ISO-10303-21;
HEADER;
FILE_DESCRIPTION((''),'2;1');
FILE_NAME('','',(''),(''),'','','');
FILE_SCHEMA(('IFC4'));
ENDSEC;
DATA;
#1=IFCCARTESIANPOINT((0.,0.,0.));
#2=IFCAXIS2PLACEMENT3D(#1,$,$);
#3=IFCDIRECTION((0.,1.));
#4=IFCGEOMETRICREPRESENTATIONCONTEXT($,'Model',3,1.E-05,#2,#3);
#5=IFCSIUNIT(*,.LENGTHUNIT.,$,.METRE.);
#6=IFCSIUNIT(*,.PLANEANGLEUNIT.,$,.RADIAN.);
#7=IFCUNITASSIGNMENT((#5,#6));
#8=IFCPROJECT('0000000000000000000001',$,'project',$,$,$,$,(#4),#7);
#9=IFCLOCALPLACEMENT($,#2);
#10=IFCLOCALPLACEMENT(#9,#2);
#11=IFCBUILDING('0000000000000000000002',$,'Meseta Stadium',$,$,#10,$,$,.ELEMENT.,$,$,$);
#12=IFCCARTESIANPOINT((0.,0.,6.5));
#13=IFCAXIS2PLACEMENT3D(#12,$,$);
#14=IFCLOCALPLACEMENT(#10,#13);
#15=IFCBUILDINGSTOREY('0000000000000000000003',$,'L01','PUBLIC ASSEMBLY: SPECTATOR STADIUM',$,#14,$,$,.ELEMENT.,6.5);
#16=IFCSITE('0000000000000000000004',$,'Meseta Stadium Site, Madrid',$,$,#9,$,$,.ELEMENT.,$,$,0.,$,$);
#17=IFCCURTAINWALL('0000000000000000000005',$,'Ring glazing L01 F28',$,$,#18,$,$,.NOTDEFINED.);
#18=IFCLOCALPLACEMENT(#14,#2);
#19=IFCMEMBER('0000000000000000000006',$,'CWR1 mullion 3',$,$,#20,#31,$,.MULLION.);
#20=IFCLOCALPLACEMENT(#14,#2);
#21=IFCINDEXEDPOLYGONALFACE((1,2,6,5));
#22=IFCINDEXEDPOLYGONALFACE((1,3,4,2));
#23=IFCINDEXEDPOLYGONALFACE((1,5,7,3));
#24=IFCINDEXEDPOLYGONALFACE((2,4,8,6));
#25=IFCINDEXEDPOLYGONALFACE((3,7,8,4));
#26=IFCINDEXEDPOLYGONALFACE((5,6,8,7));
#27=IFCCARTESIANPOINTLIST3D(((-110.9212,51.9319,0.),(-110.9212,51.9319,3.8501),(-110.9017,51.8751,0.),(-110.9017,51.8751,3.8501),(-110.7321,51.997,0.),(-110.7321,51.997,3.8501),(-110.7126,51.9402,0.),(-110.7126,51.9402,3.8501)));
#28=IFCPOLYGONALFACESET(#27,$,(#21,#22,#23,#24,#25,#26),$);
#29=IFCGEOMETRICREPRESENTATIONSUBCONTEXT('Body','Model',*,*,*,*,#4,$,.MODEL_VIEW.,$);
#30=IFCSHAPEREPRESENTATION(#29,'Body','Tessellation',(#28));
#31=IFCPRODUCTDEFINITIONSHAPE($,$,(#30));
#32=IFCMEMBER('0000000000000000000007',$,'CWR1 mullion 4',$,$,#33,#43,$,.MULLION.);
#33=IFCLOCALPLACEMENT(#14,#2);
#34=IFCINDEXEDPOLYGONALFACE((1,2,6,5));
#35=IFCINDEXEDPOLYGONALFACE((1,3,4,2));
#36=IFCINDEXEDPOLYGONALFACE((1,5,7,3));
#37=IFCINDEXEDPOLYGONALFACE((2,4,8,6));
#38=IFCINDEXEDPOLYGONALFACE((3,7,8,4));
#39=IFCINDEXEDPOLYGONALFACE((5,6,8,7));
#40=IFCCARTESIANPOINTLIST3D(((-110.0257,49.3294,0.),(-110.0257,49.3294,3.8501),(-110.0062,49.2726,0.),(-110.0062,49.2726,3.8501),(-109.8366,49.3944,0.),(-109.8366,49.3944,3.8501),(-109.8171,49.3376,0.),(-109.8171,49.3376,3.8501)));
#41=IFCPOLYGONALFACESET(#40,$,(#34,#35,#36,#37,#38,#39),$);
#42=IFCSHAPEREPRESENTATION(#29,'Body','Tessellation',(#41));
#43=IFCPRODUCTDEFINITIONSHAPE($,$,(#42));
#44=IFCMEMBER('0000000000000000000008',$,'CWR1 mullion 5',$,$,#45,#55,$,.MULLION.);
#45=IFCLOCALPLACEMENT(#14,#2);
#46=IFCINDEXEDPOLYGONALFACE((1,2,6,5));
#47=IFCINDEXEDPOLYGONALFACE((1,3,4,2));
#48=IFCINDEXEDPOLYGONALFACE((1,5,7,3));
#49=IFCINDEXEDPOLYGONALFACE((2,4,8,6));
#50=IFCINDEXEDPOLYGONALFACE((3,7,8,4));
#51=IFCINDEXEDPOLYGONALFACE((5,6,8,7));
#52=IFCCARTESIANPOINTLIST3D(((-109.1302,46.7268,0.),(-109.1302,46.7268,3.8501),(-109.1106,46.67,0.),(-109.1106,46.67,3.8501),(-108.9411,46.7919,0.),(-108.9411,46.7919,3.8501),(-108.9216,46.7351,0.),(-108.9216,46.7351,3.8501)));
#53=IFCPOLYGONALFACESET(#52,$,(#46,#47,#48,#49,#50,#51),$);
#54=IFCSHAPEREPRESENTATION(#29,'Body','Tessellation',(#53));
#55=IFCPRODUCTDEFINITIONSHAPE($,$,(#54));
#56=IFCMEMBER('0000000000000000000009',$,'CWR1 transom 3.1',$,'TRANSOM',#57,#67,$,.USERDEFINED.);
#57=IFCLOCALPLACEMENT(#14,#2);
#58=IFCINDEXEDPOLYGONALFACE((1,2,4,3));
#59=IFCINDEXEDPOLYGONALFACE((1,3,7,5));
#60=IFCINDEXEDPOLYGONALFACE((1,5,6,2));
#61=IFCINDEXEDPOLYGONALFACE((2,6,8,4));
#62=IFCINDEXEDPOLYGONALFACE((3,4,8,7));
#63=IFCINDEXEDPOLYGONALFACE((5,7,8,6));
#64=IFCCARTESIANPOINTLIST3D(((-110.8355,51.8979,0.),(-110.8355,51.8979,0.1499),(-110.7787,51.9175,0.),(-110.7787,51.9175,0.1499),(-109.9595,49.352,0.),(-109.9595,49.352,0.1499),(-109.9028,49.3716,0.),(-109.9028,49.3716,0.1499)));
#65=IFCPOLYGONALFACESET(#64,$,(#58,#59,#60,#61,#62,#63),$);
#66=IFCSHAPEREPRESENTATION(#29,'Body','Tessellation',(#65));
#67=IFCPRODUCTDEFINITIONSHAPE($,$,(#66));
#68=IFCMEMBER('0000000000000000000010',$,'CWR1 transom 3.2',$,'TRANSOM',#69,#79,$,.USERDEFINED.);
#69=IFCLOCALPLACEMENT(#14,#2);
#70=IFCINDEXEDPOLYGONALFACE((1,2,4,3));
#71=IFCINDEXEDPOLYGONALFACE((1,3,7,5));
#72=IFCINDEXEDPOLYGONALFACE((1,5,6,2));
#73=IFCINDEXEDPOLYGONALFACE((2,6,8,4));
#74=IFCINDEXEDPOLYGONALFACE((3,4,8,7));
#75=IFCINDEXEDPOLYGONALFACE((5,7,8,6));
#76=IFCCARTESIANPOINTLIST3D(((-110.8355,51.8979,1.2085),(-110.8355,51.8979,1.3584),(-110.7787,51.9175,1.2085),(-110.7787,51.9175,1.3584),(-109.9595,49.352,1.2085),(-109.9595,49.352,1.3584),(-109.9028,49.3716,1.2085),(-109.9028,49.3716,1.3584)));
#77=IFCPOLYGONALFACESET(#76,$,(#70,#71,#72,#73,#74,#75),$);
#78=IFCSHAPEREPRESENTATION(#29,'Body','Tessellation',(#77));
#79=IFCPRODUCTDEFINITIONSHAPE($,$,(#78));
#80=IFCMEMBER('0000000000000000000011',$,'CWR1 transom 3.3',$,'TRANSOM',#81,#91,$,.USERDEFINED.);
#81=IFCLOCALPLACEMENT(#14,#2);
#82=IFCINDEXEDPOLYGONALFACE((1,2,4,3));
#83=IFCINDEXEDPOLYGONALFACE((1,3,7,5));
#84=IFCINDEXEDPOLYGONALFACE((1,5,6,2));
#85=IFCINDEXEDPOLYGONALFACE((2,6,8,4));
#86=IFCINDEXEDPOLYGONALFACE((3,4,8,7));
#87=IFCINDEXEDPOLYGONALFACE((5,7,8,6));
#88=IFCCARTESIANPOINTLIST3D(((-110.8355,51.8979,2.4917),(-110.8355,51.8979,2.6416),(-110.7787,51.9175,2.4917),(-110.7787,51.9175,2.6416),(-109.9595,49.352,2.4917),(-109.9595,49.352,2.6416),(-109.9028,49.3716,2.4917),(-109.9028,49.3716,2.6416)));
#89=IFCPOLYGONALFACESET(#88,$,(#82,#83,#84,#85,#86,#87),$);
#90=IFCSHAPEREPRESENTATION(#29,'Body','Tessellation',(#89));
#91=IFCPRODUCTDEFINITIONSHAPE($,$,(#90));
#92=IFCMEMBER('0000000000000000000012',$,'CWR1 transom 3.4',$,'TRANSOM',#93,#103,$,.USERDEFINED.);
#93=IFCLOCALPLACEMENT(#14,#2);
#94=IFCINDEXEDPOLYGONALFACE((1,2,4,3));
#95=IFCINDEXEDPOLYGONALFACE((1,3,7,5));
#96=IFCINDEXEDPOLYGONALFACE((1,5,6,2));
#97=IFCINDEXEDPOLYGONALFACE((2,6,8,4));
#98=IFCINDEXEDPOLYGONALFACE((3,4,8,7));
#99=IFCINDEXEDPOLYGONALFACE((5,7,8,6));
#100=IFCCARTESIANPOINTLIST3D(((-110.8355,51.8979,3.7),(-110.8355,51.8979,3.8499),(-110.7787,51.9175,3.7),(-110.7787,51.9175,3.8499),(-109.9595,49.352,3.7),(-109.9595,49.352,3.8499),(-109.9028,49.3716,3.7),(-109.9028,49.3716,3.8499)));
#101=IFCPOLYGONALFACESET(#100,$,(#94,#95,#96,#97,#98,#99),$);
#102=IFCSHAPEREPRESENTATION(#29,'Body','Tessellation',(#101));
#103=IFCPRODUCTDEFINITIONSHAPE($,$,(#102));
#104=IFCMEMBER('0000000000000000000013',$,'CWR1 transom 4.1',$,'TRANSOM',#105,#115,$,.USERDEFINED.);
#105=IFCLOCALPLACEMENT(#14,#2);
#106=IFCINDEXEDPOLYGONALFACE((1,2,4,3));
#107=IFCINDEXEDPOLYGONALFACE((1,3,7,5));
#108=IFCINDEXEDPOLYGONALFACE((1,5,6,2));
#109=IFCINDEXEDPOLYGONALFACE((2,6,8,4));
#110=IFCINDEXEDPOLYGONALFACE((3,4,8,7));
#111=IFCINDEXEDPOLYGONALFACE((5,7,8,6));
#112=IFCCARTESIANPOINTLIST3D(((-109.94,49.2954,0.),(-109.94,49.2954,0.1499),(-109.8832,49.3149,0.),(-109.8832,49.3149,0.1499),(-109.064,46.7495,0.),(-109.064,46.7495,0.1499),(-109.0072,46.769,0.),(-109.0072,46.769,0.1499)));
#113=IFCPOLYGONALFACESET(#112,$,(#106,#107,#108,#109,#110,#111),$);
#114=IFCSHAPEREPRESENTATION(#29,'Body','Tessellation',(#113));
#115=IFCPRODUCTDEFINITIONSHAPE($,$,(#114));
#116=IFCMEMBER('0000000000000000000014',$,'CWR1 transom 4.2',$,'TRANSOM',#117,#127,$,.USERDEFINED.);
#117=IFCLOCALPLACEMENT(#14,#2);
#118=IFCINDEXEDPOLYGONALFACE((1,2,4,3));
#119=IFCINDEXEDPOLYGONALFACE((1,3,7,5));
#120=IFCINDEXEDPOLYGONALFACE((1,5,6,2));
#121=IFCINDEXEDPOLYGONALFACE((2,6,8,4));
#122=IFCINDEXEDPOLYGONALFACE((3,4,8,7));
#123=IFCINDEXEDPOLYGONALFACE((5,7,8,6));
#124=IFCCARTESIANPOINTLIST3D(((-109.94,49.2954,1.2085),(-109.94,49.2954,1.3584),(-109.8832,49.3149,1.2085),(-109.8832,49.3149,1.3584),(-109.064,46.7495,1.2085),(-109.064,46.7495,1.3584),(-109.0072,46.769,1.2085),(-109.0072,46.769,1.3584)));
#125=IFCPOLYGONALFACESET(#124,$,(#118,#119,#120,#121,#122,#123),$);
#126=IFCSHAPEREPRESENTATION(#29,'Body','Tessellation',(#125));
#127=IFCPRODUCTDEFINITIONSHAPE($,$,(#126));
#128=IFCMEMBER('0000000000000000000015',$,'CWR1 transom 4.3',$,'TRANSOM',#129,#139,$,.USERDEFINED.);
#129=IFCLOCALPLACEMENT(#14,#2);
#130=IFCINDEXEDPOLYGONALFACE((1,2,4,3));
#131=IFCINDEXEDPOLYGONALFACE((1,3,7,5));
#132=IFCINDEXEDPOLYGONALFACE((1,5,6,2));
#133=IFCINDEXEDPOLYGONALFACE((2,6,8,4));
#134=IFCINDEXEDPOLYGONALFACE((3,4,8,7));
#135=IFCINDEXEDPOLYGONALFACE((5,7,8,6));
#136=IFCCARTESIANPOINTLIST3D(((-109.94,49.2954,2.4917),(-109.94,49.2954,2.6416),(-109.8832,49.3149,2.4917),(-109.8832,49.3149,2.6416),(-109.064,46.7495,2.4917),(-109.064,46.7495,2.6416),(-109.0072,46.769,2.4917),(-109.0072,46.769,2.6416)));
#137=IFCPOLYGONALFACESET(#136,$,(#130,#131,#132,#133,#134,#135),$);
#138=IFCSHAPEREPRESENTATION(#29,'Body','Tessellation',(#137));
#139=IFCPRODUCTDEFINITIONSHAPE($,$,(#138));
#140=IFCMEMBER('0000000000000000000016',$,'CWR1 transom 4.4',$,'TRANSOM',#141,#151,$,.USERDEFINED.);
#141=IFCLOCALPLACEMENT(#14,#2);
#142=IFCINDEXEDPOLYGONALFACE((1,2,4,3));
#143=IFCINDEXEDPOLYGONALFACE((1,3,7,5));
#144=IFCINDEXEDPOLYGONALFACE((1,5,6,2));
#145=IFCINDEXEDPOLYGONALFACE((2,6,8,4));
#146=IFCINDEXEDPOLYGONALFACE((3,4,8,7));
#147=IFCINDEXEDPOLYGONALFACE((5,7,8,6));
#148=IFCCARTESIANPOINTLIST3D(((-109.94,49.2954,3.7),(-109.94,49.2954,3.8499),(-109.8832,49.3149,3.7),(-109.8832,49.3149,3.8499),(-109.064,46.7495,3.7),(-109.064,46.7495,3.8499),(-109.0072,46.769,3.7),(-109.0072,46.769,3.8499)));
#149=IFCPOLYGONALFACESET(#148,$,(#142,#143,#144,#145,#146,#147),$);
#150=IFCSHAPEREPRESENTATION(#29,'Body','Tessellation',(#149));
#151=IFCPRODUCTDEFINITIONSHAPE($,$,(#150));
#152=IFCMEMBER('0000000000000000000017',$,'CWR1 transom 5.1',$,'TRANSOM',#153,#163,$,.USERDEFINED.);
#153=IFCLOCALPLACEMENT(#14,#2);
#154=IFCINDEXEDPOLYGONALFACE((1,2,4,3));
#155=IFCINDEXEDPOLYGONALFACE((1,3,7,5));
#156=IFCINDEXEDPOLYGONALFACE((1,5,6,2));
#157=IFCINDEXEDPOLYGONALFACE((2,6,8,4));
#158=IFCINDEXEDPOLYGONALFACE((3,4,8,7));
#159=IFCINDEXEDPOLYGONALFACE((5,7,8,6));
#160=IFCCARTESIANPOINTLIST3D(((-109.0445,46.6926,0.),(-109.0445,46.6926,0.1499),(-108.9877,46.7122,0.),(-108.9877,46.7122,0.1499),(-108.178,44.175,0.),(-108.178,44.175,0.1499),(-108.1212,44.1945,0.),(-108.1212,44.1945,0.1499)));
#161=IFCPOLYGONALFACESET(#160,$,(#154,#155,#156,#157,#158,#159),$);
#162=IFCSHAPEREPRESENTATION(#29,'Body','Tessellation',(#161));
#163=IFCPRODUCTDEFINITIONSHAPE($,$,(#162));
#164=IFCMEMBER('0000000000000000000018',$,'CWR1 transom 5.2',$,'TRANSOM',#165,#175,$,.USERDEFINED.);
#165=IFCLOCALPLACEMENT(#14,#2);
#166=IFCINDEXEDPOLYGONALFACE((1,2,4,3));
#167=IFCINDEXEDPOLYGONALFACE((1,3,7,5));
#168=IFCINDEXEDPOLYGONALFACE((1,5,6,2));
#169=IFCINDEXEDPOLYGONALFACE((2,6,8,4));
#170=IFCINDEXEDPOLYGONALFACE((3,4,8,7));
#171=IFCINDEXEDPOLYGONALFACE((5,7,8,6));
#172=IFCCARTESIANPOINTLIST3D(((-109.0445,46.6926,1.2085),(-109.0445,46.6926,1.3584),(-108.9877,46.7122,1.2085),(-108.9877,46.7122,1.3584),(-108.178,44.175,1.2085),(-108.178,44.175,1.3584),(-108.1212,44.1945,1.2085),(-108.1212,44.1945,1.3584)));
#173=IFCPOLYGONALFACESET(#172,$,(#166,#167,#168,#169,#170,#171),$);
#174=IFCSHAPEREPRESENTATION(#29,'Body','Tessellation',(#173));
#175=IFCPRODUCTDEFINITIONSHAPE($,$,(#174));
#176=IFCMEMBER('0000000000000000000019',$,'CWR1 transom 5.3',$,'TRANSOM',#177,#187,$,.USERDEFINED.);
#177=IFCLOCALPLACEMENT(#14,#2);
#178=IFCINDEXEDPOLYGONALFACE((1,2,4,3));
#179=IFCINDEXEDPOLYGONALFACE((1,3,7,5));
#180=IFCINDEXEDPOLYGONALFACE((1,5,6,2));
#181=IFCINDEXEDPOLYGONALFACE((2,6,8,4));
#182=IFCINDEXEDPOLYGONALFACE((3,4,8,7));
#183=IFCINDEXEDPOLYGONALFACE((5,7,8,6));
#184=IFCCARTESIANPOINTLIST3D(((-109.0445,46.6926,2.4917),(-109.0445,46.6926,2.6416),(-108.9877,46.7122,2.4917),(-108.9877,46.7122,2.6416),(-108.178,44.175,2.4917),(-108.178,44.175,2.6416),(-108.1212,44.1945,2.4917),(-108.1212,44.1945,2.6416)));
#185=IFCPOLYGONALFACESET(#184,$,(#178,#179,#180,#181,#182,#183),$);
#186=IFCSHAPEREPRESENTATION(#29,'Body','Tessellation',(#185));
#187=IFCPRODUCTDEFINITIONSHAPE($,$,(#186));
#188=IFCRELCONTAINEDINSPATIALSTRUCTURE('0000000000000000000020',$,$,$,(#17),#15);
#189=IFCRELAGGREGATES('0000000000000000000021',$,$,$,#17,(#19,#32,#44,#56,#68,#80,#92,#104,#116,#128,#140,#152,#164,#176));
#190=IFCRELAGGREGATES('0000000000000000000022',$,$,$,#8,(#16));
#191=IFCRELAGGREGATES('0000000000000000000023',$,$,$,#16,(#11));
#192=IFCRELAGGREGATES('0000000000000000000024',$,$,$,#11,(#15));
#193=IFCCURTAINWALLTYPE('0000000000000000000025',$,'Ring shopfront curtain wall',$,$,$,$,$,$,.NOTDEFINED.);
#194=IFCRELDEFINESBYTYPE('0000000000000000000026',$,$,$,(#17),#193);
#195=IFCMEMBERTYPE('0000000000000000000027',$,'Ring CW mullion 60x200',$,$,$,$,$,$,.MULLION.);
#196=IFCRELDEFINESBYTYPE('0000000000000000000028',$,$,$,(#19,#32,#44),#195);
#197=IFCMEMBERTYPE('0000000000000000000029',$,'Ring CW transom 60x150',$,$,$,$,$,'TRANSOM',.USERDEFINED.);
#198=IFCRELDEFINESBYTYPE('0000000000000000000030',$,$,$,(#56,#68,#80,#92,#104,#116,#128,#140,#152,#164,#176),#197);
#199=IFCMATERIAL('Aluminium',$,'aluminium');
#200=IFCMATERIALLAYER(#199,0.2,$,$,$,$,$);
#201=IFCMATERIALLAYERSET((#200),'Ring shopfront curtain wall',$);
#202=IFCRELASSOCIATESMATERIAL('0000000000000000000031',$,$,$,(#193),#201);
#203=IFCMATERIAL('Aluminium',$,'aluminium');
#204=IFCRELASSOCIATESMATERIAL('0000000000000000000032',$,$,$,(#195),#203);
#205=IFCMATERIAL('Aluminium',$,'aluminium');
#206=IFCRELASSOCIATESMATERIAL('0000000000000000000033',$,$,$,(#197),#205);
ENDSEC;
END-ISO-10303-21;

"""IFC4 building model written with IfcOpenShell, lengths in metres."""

from ifc_helpers import new_model, si_unit, direction, frame, origin, origin_2d, place, context, subcontext, project, spatial, rectangle, extrude, material, layer, layer_set, material_profile, profile_set, type_object, element, aggregate, save


model = new_model("IFC4")

# Units and contexts
model_context = context("Model", 3, precision=1e-05, world=origin(), true_north=direction((0.0, 1.0)))
body_context = subcontext(model_context, "Body", "Model", "MODEL_VIEW")
ifc_project = project(units=[si_unit("LENGTHUNIT", "METRE"), si_unit("PLANEANGLEUNIT", "RADIAN")], contexts=[model_context])

# Site, building, storey
site_placement = place(None, origin())
site = spatial("IfcSite", under=ifc_project, at=site_placement, Name="Meseta Stadium Site, Madrid", CompositionType="ELEMENT", RefElevation=0.0)
building_placement = place(site_placement, origin())
building = spatial("IfcBuilding", under=site, at=building_placement, Name="Meseta Stadium", CompositionType="ELEMENT")
storey_placement = place(building_placement, frame((0.0, 0.0, 6.5)))
storey = spatial("IfcBuildingStorey", under=building, at=storey_placement, Name="L01", Description="PUBLIC ASSEMBLY: SPECTATOR STADIUM", CompositionType="ELEMENT", Elevation=6.5)

# Curtain wall, members
ifc_material_1 = material(Name="Aluminium", Category="aluminium")
ifc_layer_1 = layer(ifc_material_1, 0.2)
ifc_layer_set_1 = layer_set([ifc_layer_1], Name="Ring shopfront curtain wall")
curtain_wall_type = type_object("IfcCurtainWallType", Name="Ring shopfront curtain wall", PredefinedType="NOTDEFINED", material=ifc_layer_set_1)
curtain_wall_placement = place(storey_placement, origin())
curtain_wall = element("IfcCurtainWall", 1, at=curtain_wall_placement, inside=storey, type_object=curtain_wall_type, Name="Ring glazing L01 F28", PredefinedType="NOTDEFINED")
ifc_material_2 = material(Name="Aluminium", Category="aluminium")
ifc_material_profile_1 = material_profile(ifc_material_2, rectangle(XDim=0.2, YDim=0.0601, at=origin_2d()), Name="CW 200x60")
ifc_profile_set_1 = profile_set([ifc_material_profile_1], Name="Aluminium")
member_type_1 = type_object("IfcMemberType", Name="Ring CW mullion 60x200", PredefinedType="MULLION", material=ifc_profile_set_1)
member_1_placement = place(storey_placement, frame((-110.8169, 51.936, 0.0), z_axis=(0.0, 0.0, 1.0), x_axis=(0.945581, 0.325386, 0.0)))
member_1 = element("IfcMember", 2, at=member_1_placement, type_object=member_type_1, Name="CWR1 mullion 3", PredefinedType="MULLION", context=body_context, shape_type="SweptSolid", body=[
    extrude(rectangle(XDim=0.2, YDim=0.0601, at=origin_2d()), origin(), (0.0, 0.0, 1.0), 3.8501),
])
member_2_placement = place(storey_placement, frame((-109.9214, 49.3335, 0.0), z_axis=(0.0, 0.0, 1.0), x_axis=(0.945581, 0.325386, 0.0)))
member_2 = element("IfcMember", 3, at=member_2_placement, type_object=member_type_1, Name="CWR1 mullion 4", PredefinedType="MULLION", context=body_context, shape_type="SweptSolid", body=[
    extrude(rectangle(XDim=0.2, YDim=0.0601, at=origin_2d()), origin(), (0.0, 0.0, 1.0), 3.8501),
])
member_3_placement = place(storey_placement, frame((-109.0259, 46.731, 0.0), z_axis=(0.0, 0.0, 1.0), x_axis=(0.945581, 0.325386, 0.0)))
member_3 = element("IfcMember", 4, at=member_3_placement, type_object=member_type_1, Name="CWR1 mullion 5", PredefinedType="MULLION", context=body_context, shape_type="SweptSolid", body=[
    extrude(rectangle(XDim=0.2, YDim=0.0601, at=origin_2d()), origin(), (0.0, 0.0, 1.0), 3.8501),
])
ifc_material_3 = material(Name="Aluminium", Category="aluminium")
ifc_material_profile_2 = material_profile(ifc_material_3, rectangle(XDim=0.0601, YDim=0.1499, at=origin_2d()), Name="CW 60x150")
ifc_profile_set_2 = profile_set([ifc_material_profile_2], Name="Aluminium")
member_type_2 = type_object("IfcMemberType", Name="Ring CW transom 60x150", ElementType="TRANSOM", PredefinedType="USERDEFINED", material=ifc_profile_set_2)
member_4_placement = place(storey_placement, frame((-110.8071, 51.9077, 0.075), z_axis=(0.325353, -0.945592, 0.0), x_axis=(0.945592, 0.325353, 0.0)))
member_4 = element("IfcMember", 5, at=member_4_placement, type_object=member_type_2, Name="CWR1 transom 3.1", ObjectType="TRANSOM", PredefinedType="USERDEFINED", context=body_context, shape_type="SweptSolid", body=[
    extrude(rectangle(XDim=0.0601, YDim=0.1499, at=origin_2d()), origin(), (0.0, 0.0, 1.0), 2.6924),
])
member_5_placement = place(storey_placement, frame((-110.8071, 51.9077, 1.2834), z_axis=(0.325353, -0.945592, 0.0), x_axis=(0.945592, 0.325353, 0.0)))
member_5 = element("IfcMember", 6, at=member_5_placement, type_object=member_type_2, Name="CWR1 transom 3.2", ObjectType="TRANSOM", PredefinedType="USERDEFINED", context=body_context, shape_type="SweptSolid", body=[
    extrude(rectangle(XDim=0.0601, YDim=0.1499, at=origin_2d()), origin(), (0.0, 0.0, 1.0), 2.6924),
])
member_6_placement = place(storey_placement, frame((-110.8071, 51.9077, 2.5667), z_axis=(0.325353, -0.945592, 0.0), x_axis=(0.945592, 0.325353, 0.0)))
member_6 = element("IfcMember", 7, at=member_6_placement, type_object=member_type_2, Name="CWR1 transom 3.3", ObjectType="TRANSOM", PredefinedType="USERDEFINED", context=body_context, shape_type="SweptSolid", body=[
    extrude(rectangle(XDim=0.0601, YDim=0.1499, at=origin_2d()), origin(), (0.0, 0.0, 1.0), 2.6924),
])
member_7_placement = place(storey_placement, frame((-110.8071, 51.9077, 3.7749), z_axis=(0.325353, -0.945592, 0.0), x_axis=(0.945592, 0.325353, 0.0)))
member_7 = element("IfcMember", 8, at=member_7_placement, type_object=member_type_2, Name="CWR1 transom 3.4", ObjectType="TRANSOM", PredefinedType="USERDEFINED", context=body_context, shape_type="SweptSolid", body=[
    extrude(rectangle(XDim=0.0601, YDim=0.1499, at=origin_2d()), origin(), (0.0, 0.0, 1.0), 2.6924),
])
member_8_placement = place(storey_placement, frame((-109.9116, 49.3052, 0.075), z_axis=(0.325353, -0.945592, 0.0), x_axis=(0.945592, 0.325353, 0.0)))
member_8 = element("IfcMember", 9, at=member_8_placement, type_object=member_type_2, Name="CWR1 transom 4.1", ObjectType="TRANSOM", PredefinedType="USERDEFINED", context=body_context, shape_type="SweptSolid", body=[
    extrude(rectangle(XDim=0.0601, YDim=0.1499, at=origin_2d()), origin(), (0.0, 0.0, 1.0), 2.6924),
])
member_9_placement = place(storey_placement, frame((-109.9116, 49.3052, 1.2834), z_axis=(0.325353, -0.945592, 0.0), x_axis=(0.945592, 0.325353, 0.0)))
member_9 = element("IfcMember", 10, at=member_9_placement, type_object=member_type_2, Name="CWR1 transom 4.2", ObjectType="TRANSOM", PredefinedType="USERDEFINED", context=body_context, shape_type="SweptSolid", body=[
    extrude(rectangle(XDim=0.0601, YDim=0.1499, at=origin_2d()), origin(), (0.0, 0.0, 1.0), 2.6924),
])
member_10_placement = place(storey_placement, frame((-109.9116, 49.3052, 2.5667), z_axis=(0.325353, -0.945592, 0.0), x_axis=(0.945592, 0.325353, 0.0)))
member_10 = element("IfcMember", 11, at=member_10_placement, type_object=member_type_2, Name="CWR1 transom 4.3", ObjectType="TRANSOM", PredefinedType="USERDEFINED", context=body_context, shape_type="SweptSolid", body=[
    extrude(rectangle(XDim=0.0601, YDim=0.1499, at=origin_2d()), origin(), (0.0, 0.0, 1.0), 2.6924),
])
member_11_placement = place(storey_placement, frame((-109.9116, 49.3052, 3.7749), z_axis=(0.325353, -0.945592, 0.0), x_axis=(0.945592, 0.325353, 0.0)))
member_11 = element("IfcMember", 12, at=member_11_placement, type_object=member_type_2, Name="CWR1 transom 4.4", ObjectType="TRANSOM", PredefinedType="USERDEFINED", context=body_context, shape_type="SweptSolid", body=[
    extrude(rectangle(XDim=0.0601, YDim=0.1499, at=origin_2d()), origin(), (0.0, 0.0, 1.0), 2.6924),
])
member_12_placement = place(storey_placement, frame((-109.0161, 46.7024, 0.075), z_axis=(0.325428, -0.945567, 0.0), x_axis=(0.945567, 0.325428, 0.0)))
member_12 = element("IfcMember", 13, at=member_12_placement, type_object=member_type_2, Name="CWR1 transom 5.1", ObjectType="TRANSOM", PredefinedType="USERDEFINED", context=body_context, shape_type="SweptSolid", body=[
    extrude(rectangle(XDim=0.0601, YDim=0.1499, at=origin_2d()), origin(), (0.0, 0.0, 1.0), 2.6626),
])
member_13_placement = place(storey_placement, frame((-109.0161, 46.7024, 1.2834), z_axis=(0.325428, -0.945567, 0.0), x_axis=(0.945567, 0.325428, 0.0)))
member_13 = element("IfcMember", 14, at=member_13_placement, type_object=member_type_2, Name="CWR1 transom 5.2", ObjectType="TRANSOM", PredefinedType="USERDEFINED", context=body_context, shape_type="SweptSolid", body=[
    extrude(rectangle(XDim=0.0601, YDim=0.1499, at=origin_2d()), origin(), (0.0, 0.0, 1.0), 2.6626),
])
member_14_placement = place(storey_placement, frame((-109.0161, 46.7024, 2.5667), z_axis=(0.325428, -0.945567, 0.0), x_axis=(0.945567, 0.325428, 0.0)))
member_14 = element("IfcMember", 15, at=member_14_placement, type_object=member_type_2, Name="CWR1 transom 5.3", ObjectType="TRANSOM", PredefinedType="USERDEFINED", context=body_context, shape_type="SweptSolid", body=[
    extrude(rectangle(XDim=0.0601, YDim=0.1499, at=origin_2d()), origin(), (0.0, 0.0, 1.0), 2.6626),
])
aggregate(curtain_wall, [member_1, member_2, member_3, member_4, member_5, member_6, member_7, member_8, member_9, member_10, member_11, member_12, member_13, member_14])

save(model, "model.ifc")
